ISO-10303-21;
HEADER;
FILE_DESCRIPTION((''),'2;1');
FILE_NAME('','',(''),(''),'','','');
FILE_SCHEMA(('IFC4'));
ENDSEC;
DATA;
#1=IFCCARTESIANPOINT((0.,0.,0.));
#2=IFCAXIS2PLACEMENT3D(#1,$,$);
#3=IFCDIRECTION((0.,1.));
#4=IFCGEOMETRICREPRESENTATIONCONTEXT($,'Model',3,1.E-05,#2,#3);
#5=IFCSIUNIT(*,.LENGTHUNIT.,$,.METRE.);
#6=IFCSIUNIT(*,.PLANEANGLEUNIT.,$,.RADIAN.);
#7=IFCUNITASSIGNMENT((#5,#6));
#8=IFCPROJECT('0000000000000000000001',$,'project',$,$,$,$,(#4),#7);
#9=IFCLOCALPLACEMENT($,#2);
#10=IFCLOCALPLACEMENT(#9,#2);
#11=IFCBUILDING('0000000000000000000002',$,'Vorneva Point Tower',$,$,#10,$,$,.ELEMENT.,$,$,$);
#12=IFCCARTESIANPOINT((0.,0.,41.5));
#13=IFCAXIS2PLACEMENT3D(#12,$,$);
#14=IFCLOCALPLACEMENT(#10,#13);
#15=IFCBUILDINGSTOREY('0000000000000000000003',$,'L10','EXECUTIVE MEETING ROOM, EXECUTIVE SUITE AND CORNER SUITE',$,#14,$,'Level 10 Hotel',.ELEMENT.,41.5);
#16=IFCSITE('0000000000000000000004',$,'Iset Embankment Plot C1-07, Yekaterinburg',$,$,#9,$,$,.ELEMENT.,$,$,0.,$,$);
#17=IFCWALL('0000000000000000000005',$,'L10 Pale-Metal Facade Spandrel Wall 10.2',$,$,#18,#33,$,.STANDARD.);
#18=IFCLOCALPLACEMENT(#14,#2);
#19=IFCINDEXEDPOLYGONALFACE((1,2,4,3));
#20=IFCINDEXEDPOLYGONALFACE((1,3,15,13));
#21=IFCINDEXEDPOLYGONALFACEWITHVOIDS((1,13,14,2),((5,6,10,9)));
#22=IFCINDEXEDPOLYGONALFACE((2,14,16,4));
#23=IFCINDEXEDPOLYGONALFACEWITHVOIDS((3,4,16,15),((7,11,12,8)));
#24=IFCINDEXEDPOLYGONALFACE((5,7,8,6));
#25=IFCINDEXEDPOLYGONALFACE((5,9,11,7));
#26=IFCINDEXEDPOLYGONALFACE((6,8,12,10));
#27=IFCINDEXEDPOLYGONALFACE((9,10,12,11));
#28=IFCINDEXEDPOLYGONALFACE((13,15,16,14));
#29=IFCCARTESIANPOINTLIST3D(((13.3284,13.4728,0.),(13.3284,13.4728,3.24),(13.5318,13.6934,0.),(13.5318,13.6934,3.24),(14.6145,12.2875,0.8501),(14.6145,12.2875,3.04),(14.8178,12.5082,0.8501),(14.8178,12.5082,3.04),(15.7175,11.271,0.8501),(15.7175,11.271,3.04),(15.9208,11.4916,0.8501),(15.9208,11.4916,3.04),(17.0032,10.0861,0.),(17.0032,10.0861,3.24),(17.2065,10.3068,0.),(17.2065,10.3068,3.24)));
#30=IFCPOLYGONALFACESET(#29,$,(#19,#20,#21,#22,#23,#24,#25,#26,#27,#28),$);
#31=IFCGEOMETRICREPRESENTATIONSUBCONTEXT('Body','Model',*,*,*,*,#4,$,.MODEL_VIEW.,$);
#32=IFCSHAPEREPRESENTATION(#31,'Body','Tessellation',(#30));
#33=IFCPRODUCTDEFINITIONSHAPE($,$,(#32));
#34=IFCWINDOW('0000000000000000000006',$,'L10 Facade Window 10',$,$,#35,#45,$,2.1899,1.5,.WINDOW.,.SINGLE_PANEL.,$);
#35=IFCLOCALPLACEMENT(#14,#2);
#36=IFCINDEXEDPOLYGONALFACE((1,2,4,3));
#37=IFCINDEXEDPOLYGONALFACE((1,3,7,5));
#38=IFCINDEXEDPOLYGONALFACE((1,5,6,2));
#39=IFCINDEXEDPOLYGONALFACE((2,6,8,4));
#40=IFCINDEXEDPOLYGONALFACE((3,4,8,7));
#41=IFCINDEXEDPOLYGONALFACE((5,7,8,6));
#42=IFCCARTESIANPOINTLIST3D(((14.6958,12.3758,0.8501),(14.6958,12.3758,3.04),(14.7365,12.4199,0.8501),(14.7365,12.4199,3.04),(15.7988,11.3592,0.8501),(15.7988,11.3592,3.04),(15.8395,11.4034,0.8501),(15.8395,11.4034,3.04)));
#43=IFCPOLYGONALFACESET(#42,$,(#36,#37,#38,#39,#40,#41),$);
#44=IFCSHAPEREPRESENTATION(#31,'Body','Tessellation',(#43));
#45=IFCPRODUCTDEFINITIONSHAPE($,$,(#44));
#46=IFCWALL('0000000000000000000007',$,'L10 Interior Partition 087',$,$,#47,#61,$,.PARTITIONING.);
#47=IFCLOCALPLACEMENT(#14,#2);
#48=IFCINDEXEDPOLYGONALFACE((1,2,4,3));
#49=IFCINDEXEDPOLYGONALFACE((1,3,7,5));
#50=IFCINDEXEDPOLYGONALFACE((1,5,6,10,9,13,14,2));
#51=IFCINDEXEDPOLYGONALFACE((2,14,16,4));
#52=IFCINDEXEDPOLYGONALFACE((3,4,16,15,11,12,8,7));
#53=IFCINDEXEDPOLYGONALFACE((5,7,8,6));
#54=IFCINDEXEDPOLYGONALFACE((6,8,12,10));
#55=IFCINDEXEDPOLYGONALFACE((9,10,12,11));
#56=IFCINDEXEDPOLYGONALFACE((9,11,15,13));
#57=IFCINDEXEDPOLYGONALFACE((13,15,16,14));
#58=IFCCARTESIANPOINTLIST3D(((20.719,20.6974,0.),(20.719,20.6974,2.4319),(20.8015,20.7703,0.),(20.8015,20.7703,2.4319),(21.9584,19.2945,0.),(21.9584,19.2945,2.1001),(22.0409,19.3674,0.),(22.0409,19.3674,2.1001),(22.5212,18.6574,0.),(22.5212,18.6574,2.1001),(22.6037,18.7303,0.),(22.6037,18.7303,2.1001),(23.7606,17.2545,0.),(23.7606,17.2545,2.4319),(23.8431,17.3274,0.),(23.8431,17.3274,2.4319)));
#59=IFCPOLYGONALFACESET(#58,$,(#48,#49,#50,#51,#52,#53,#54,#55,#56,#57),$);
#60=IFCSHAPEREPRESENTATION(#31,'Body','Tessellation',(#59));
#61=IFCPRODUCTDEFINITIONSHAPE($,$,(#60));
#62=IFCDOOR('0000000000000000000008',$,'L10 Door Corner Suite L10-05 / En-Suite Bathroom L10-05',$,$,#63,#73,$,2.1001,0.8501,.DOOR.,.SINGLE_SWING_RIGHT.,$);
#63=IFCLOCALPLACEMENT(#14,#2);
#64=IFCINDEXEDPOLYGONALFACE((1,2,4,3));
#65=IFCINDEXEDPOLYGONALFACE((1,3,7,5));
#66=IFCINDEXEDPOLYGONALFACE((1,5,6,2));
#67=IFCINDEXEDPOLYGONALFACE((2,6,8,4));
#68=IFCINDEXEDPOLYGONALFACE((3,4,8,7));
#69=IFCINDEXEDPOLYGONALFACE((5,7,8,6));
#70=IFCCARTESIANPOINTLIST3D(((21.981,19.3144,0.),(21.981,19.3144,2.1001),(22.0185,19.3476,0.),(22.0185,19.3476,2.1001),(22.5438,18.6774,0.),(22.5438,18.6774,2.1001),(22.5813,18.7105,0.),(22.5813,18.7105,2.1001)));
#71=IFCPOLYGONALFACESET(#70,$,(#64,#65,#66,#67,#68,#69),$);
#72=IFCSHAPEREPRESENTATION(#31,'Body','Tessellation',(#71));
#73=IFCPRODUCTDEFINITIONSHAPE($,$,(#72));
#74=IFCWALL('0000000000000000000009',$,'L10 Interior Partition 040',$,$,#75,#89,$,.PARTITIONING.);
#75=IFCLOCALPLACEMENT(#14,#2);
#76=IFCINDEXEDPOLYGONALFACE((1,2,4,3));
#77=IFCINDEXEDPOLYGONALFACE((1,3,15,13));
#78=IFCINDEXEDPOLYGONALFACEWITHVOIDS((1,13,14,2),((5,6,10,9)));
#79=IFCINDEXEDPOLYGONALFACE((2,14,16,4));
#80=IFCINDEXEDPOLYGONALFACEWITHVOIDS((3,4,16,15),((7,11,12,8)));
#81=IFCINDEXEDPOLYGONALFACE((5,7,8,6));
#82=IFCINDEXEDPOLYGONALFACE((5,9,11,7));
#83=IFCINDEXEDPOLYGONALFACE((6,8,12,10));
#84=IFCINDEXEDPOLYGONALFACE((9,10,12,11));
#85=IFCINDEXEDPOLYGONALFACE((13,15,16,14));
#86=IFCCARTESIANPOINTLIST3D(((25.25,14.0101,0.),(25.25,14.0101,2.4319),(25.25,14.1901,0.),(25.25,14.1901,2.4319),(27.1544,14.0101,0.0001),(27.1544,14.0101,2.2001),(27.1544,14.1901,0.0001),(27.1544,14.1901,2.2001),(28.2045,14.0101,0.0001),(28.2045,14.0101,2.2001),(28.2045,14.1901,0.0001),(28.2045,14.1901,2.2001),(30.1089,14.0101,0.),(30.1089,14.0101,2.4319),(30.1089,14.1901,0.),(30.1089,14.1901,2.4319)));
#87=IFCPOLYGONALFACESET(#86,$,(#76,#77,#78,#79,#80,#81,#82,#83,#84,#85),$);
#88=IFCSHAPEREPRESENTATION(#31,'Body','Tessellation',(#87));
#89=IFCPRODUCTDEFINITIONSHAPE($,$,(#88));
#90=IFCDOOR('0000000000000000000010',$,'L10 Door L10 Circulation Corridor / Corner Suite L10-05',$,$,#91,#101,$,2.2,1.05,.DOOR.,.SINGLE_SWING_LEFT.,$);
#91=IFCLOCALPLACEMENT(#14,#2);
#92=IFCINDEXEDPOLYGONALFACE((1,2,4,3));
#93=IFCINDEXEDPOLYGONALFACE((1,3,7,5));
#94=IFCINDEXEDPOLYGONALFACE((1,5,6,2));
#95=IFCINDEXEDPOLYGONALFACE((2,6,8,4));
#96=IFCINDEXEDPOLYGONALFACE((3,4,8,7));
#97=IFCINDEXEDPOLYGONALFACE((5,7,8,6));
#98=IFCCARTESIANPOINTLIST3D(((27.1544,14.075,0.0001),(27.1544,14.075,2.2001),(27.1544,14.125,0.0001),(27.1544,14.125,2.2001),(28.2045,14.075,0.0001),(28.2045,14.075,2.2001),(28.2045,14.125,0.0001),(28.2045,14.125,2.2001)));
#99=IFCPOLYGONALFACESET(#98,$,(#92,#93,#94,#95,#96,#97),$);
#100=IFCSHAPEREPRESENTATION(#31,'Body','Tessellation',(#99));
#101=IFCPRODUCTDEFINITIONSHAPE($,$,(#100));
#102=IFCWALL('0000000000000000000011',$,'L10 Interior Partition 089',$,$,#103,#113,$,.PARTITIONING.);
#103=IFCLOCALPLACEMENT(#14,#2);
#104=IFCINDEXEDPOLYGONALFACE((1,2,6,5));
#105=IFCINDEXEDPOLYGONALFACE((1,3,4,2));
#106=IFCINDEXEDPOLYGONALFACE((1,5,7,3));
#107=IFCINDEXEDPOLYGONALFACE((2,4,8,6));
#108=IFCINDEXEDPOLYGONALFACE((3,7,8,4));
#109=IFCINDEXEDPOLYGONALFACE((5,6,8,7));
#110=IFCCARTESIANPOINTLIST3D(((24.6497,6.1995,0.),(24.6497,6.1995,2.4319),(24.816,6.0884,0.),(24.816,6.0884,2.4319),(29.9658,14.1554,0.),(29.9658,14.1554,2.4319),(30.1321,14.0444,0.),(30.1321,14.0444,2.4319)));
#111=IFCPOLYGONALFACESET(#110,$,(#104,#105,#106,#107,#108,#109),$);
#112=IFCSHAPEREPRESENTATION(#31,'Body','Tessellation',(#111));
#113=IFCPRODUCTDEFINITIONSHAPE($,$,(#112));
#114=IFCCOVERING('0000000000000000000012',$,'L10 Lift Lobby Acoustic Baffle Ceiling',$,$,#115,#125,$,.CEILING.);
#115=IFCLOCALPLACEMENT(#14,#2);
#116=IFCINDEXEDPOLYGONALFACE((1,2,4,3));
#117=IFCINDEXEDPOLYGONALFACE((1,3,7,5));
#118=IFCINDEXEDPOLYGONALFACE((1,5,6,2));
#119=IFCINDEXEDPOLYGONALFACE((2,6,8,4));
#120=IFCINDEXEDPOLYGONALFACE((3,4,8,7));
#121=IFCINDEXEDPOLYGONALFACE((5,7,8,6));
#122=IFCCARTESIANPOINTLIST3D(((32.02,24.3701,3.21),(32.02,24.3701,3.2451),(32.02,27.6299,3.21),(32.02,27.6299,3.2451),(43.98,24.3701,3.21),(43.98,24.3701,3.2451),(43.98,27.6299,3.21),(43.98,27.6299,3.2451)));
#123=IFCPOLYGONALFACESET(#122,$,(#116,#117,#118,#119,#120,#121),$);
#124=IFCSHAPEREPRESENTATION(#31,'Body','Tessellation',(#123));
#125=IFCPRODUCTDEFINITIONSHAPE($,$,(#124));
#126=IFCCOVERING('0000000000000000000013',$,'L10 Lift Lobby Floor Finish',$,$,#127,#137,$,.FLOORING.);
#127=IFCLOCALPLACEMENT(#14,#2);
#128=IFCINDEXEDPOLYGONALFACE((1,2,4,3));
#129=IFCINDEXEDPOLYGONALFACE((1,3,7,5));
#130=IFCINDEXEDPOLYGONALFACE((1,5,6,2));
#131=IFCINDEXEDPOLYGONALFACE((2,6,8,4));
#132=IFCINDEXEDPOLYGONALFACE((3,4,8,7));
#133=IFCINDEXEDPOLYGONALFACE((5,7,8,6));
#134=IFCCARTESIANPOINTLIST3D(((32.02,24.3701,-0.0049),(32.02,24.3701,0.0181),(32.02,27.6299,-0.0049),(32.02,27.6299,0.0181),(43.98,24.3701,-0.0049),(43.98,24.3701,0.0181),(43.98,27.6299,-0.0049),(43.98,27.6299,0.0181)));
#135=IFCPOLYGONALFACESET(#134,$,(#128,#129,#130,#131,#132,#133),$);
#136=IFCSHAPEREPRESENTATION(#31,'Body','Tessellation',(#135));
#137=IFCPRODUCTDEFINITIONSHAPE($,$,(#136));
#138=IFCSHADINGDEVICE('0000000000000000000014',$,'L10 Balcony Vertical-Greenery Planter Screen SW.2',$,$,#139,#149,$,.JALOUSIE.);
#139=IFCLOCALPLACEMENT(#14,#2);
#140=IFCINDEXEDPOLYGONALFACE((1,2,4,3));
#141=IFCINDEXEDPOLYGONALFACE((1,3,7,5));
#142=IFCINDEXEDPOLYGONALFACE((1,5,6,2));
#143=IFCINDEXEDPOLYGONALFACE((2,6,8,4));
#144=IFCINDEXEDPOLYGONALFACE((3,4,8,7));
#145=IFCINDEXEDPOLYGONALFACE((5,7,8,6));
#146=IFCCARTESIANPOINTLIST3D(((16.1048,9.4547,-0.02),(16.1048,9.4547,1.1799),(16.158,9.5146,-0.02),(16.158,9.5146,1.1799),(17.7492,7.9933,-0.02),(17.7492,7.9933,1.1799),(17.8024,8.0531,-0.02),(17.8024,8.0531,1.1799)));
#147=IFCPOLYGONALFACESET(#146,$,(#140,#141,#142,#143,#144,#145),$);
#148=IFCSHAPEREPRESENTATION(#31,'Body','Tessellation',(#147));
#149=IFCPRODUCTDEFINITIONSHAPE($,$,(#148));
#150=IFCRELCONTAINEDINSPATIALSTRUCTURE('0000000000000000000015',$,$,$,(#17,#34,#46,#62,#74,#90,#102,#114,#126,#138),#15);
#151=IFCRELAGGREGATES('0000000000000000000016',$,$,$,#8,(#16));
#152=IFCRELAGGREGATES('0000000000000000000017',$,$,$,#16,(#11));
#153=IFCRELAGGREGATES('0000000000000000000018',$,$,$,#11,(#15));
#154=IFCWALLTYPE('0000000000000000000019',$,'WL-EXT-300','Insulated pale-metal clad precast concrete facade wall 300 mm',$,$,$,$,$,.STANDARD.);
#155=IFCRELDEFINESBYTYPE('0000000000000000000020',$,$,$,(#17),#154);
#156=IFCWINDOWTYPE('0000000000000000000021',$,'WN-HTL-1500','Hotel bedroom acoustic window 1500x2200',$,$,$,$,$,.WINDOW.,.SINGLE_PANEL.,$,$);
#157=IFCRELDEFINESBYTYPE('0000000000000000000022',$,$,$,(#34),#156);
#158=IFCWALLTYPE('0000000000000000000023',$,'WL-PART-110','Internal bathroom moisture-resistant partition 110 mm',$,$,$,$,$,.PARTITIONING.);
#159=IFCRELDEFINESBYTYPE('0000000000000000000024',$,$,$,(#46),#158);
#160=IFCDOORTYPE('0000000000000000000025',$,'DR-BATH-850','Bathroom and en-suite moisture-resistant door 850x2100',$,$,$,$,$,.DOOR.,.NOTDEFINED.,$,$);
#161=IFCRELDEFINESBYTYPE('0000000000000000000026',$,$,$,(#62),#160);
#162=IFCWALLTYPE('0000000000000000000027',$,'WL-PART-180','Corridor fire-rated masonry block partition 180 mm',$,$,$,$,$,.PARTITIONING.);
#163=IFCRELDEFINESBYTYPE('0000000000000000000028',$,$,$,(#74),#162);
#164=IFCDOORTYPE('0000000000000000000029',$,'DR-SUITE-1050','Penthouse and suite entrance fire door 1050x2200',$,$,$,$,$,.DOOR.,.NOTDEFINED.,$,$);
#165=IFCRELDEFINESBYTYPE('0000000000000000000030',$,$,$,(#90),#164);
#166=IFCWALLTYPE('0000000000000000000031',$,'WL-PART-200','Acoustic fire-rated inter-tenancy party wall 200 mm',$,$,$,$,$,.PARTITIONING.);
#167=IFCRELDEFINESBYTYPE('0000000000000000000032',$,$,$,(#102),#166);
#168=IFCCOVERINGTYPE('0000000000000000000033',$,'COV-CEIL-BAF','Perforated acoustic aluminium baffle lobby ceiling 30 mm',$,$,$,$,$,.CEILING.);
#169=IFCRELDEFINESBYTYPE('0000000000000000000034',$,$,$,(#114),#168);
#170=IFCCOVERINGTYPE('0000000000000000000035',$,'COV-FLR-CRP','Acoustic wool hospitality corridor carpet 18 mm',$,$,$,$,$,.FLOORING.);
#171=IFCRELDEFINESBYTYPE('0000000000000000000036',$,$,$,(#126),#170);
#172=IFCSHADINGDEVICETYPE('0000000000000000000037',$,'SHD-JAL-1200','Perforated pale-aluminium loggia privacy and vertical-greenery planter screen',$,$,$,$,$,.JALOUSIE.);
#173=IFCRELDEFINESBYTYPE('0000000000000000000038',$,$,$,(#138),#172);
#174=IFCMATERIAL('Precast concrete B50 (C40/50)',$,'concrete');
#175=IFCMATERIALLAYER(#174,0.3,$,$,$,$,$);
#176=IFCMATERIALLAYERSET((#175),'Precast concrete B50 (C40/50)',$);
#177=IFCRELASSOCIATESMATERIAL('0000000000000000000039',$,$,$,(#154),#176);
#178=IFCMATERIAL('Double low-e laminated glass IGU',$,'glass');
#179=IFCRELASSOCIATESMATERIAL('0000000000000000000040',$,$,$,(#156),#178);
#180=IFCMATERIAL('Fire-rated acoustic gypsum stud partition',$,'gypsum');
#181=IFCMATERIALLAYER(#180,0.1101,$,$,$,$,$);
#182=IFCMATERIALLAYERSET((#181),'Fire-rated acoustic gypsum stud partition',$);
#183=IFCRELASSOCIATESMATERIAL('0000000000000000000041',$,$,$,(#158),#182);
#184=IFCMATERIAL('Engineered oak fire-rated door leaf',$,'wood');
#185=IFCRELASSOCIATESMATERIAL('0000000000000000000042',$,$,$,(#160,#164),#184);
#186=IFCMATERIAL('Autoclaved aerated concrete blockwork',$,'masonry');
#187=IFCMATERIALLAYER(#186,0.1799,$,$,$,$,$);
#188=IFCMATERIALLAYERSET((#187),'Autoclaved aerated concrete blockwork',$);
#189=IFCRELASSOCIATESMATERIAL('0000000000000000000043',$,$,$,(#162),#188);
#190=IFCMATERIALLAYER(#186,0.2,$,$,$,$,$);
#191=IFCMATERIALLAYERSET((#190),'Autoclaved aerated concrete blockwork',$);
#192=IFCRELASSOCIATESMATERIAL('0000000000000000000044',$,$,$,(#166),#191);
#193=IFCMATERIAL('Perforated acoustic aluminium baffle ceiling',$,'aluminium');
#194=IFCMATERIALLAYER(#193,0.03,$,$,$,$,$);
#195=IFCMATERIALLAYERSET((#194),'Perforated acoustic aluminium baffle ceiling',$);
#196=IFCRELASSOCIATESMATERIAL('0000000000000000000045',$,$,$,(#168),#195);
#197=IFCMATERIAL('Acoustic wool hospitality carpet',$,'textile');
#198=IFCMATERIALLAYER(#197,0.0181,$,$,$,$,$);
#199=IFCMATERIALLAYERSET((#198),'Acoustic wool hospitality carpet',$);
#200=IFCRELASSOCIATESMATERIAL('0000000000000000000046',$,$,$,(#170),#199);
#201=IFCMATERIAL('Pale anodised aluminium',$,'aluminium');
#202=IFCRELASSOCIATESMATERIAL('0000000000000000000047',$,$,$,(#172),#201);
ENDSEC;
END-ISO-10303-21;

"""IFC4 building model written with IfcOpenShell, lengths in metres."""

from ifc_helpers import new_model, si_unit, direction, frame, frame_2d, origin, origin_2d, place, context, subcontext, project, spatial, polyline, rectangle, outline, extrude, material, layer, layer_set, type_object, element, fill, save


model = new_model("IFC4")

# Units and contexts
model_context = context("Model", 3, precision=1e-05, world=origin(), true_north=direction((0.0, 1.0)))
body_context = subcontext(model_context, "Body", "Model", "MODEL_VIEW")
ifc_project = project(units=[si_unit("LENGTHUNIT", "METRE"), si_unit("PLANEANGLEUNIT", "RADIAN")], contexts=[model_context])

# Site, building, storey
site_placement = place(None, origin())
site = spatial("IfcSite", under=ifc_project, at=site_placement, Name="Iset Embankment Plot C1-07, Yekaterinburg", CompositionType="ELEMENT", RefElevation=0.0)
building_placement = place(site_placement, origin())
building = spatial("IfcBuilding", under=site, at=building_placement, Name="Vorneva Point Tower", CompositionType="ELEMENT")
storey_placement = place(building_placement, frame((0.0, 0.0, 41.5)))
storey = spatial("IfcBuildingStorey", under=building, at=storey_placement, Name="L10", Description="EXECUTIVE MEETING ROOM, EXECUTIVE SUITE AND CORNER SUITE", LongName="Level 10 Hotel", CompositionType="ELEMENT", Elevation=41.5)

# Shared definitions
ifc_material_1 = material(Name="Pale anodised aluminium", Category="aluminium")
ifc_material_2 = material(Name="Double low-e laminated glass IGU", Category="glass")

# Shared definitions
ifc_material_3 = material(Name="Precast concrete B50 (C40/50)", Category="concrete")
ifc_layer_1 = layer(ifc_material_3, 0.3)
ifc_layer_set_1 = layer_set([ifc_layer_1], Name="Precast concrete B50 (C40/50)")
wall_type_1 = type_object("IfcWallType", Name="WL-EXT-300", Description="Insulated pale-metal clad precast concrete facade wall 300 mm", PredefinedType="STANDARD", material=ifc_layer_set_1)

# Wall, opening, window
wall_1_placement = place(storey_placement, frame((13.4302, 13.583, 0.0), z_axis=(0.0, 0.0, 1.0), x_axis=(0.735343, -0.677696, 0.0)))
wall_1 = element("IfcWall", 1, at=wall_1_placement, inside=storey, type_object=wall_type_1, Name="L10 Pale-Metal Facade Spandrel Wall 10.2", PredefinedType="STANDARD", context=body_context, shape_type="SweptSolid", body=[
    extrude(rectangle(XDim=4.9973, YDim=0.3, at=frame_2d((2.4985, 0.0))), origin(), (0.0, 0.0, 1.0), 3.24),
])
opening_1_placement = place(wall_1_placement, frame((1.7488, 0.0, 0.8501)))
opening_1 = element("IfcOpeningElement", 2, at=opening_1_placement, cuts=wall_1, PredefinedType="OPENING", context=body_context, shape_type="SweptSolid", body=[
    extrude(rectangle(XDim=1.5, YDim=2.1899, at=frame_2d((0.75, 1.095))), frame((0.0, 0.165, 0.0), z_axis=(0.0, -1.0, 0.0), x_axis=(1.0, 0.0, 0.0)), (0.0, 0.0, 1.0), 0.3298),
])
window_type = type_object("IfcWindowType", Name="WN-HTL-1500", Description="Hotel bedroom acoustic window 1500x2200", PartitioningType="SINGLE_PANEL", PredefinedType="WINDOW", material=ifc_material_2)
window_placement = place(opening_1_placement, origin())
window = element("IfcWindow", 3, at=window_placement, inside=storey, type_object=window_type, Name="L10 Facade Window 10", OverallHeight=2.1899, OverallWidth=1.5, PartitioningType="SINGLE_PANEL", PredefinedType="WINDOW", context=body_context, shape_type="SweptSolid", body=[
    extrude(rectangle(XDim=1.5, YDim=2.1899, at=frame_2d((0.75, 1.095))), frame((0.0, 0.03, 0.0), z_axis=(0.0, -1.0, 0.0), x_axis=(1.0, 0.0, 0.0)), (0.0, 0.0, 1.0), 0.0601),
])
fill(opening_1, window)

# Walls, openings, doors
ifc_material_4 = material(Name="Fire-rated acoustic gypsum stud partition", Category="gypsum")
ifc_layer_2 = layer(ifc_material_4, 0.1101)
ifc_layer_set_2 = layer_set([ifc_layer_2], Name="Fire-rated acoustic gypsum stud partition")
wall_type_2 = type_object("IfcWallType", Name="WL-PART-110", Description="Internal bathroom moisture-resistant partition 110 mm", PredefinedType="PARTITIONING", material=ifc_layer_set_2)
wall_2_placement = place(storey_placement, frame((23.8018, 17.291, 0.0), z_axis=(0.0, 0.0, 1.0), x_axis=(-0.662071, 0.749441, 0.0)))
wall_2 = element("IfcWall", 4, at=wall_2_placement, inside=storey, type_object=wall_type_2, Name="L10 Interior Partition 087", PredefinedType="PARTITIONING", context=body_context, shape_type="SweptSolid", body=[
    extrude(rectangle(XDim=4.594, YDim=0.1101, at=frame_2d((2.2969, 0.0))), origin(), (0.0, 0.0, 1.0), 2.4319),
])
opening_2_placement = place(wall_2_placement, frame((1.8718, 0.0, 0.0)))
opening_2 = element("IfcOpeningElement", 5, at=opening_2_placement, cuts=wall_2, PredefinedType="OPENING", context=body_context, shape_type="SweptSolid", body=[
    extrude(rectangle(XDim=0.8501, YDim=2.1001, at=frame_2d((0.425, 1.05))), frame((0.0, 0.0698, 0.0), z_axis=(0.0, -1.0, 0.0), x_axis=(1.0, 0.0, 0.0)), (0.0, 0.0, 1.0), 0.1399),
])
ifc_material_5 = material(Name="Engineered oak fire-rated door leaf", Category="wood")
door_type_1 = type_object("IfcDoorType", Name="DR-BATH-850", Description="Bathroom and en-suite moisture-resistant door 850x2100", OperationType="NOTDEFINED", PredefinedType="DOOR", material=ifc_material_5)
door_1_placement = place(opening_2_placement, origin())
door_1 = element("IfcDoor", 6, at=door_1_placement, inside=storey, type_object=door_type_1, Name="L10 Door Corner Suite L10-05 / En-Suite Bathroom L10-05", OperationType="SINGLE_SWING_RIGHT", OverallHeight=2.1001, OverallWidth=0.8501, PredefinedType="DOOR", context=body_context, shape_type="SweptSolid", body=[
    extrude(rectangle(XDim=0.8501, YDim=2.1001, at=frame_2d((0.425, 1.05))), frame((0.0, 0.0249, 0.0), z_axis=(0.0, -1.0, 0.0), x_axis=(1.0, 0.0, 0.0)), (0.0, 0.0, 1.0), 0.05),
])
fill(opening_2, door_1)
ifc_material_6 = material(Name="Autoclaved aerated concrete blockwork", Category="masonry")
ifc_layer_3 = layer(ifc_material_6, 0.1799)
ifc_layer_set_3 = layer_set([ifc_layer_3], Name="Autoclaved aerated concrete blockwork")
wall_type_3 = type_object("IfcWallType", Name="WL-PART-180", Description="Corridor fire-rated masonry block partition 180 mm", PredefinedType="PARTITIONING", material=ifc_layer_set_3)
wall_3_placement = place(storey_placement, frame((25.25, 14.1001, 0.0), z_axis=(0.0, 0.0, 1.0), x_axis=(1.0, 0.0, 0.0)))
wall_3 = element("IfcWall", 7, at=wall_3_placement, inside=storey, type_object=wall_type_3, Name="L10 Interior Partition 040", PredefinedType="PARTITIONING", context=body_context, shape_type="SweptSolid", body=[
    extrude(rectangle(XDim=4.8589, YDim=0.1799, at=frame_2d((2.4294, 0.0))), origin(), (0.0, 0.0, 1.0), 2.4319),
])
opening_3_placement = place(wall_3_placement, frame((1.9045, 0.0, 0.0)))
opening_3 = element("IfcOpeningElement", 8, at=opening_3_placement, cuts=wall_3, PredefinedType="OPENING", context=body_context, shape_type="SweptSolid", body=[
    extrude(rectangle(XDim=1.05, YDim=2.2, at=frame_2d((0.5249, 1.1001))), frame((0.0, 0.105, 0.0), z_axis=(0.0, -1.0, 0.0), x_axis=(1.0, 0.0, 0.0)), (0.0, 0.0, 1.0), 0.2097),
])
door_type_2 = type_object("IfcDoorType", Name="DR-SUITE-1050", Description="Penthouse and suite entrance fire door 1050x2200", OperationType="NOTDEFINED", PredefinedType="DOOR", material=ifc_material_5)
door_2_placement = place(opening_3_placement, origin())
door_2 = element("IfcDoor", 9, at=door_2_placement, inside=storey, type_object=door_type_2, Name="L10 Door L10 Circulation Corridor / Corner Suite L10-05", OperationType="SINGLE_SWING_LEFT", OverallHeight=2.2, OverallWidth=1.05, PredefinedType="DOOR", context=body_context, shape_type="SweptSolid", body=[
    extrude(rectangle(XDim=1.05, YDim=2.2, at=frame_2d((0.5249, 1.1001))), frame((0.0, 0.0249, 0.0), z_axis=(0.0, -1.0, 0.0), x_axis=(1.0, 0.0, 0.0)), (0.0, 0.0, 1.0), 0.05),
])
fill(opening_3, door_2)

# Wall
ifc_layer_4 = layer(ifc_material_6, 0.2)
ifc_layer_set_4 = layer_set([ifc_layer_4], Name="Autoclaved aerated concrete blockwork")
wall_type_4 = type_object("IfcWallType", Name="WL-PART-200", Description="Acoustic fire-rated inter-tenancy party wall 200 mm", PredefinedType="PARTITIONING", material=ifc_layer_set_4)
wall_4_placement = place(storey_placement, frame((24.7329, 6.144, 0.0), z_axis=(0.0, 0.0, 1.0), x_axis=(0.555577, 0.831465, 0.0)))
element("IfcWall", 10, at=wall_4_placement, inside=storey, type_object=wall_type_4, Name="L10 Interior Partition 089", PredefinedType="PARTITIONING", context=body_context, shape_type="SweptSolid", body=[
    extrude(rectangle(XDim=9.5686, YDim=0.2, at=frame_2d((4.7842, 0.0))), origin(), (0.0, 0.0, 1.0), 2.4319),
])

# Coverings
ifc_material_7 = material(Name="Perforated acoustic aluminium baffle ceiling", Category="aluminium")
ifc_layer_5 = layer(ifc_material_7, 0.03)
ifc_layer_set_5 = layer_set([ifc_layer_5], Name="Perforated acoustic aluminium baffle ceiling")
covering_type_1 = type_object("IfcCoveringType", Name="COV-CEIL-BAF", Description="Perforated acoustic aluminium baffle lobby ceiling 30 mm", PredefinedType="CEILING", material=ifc_layer_set_5)
covering_1_placement = place(storey_placement, frame((0.0, 0.0, 3.21)))
element("IfcCovering", 11, at=covering_1_placement, inside=storey, type_object=covering_type_1, Name="L10 Lift Lobby Acoustic Baffle Ceiling", PredefinedType="CEILING", context=body_context, shape_type="SweptSolid", body=[
    extrude(outline(polyline([(32.02, 24.3701), (43.98, 24.3701), (43.98, 27.6299), (32.02, 27.6299), (32.02, 24.3701)])), origin(), (0.0, 0.0, 1.0), 0.0352),
])
ifc_material_8 = material(Name="Acoustic wool hospitality carpet", Category="textile")
ifc_layer_6 = layer(ifc_material_8, 0.0181)
ifc_layer_set_6 = layer_set([ifc_layer_6], Name="Acoustic wool hospitality carpet")
covering_type_2 = type_object("IfcCoveringType", Name="COV-FLR-CRP", Description="Acoustic wool hospitality corridor carpet 18 mm", PredefinedType="FLOORING", material=ifc_layer_set_6)
covering_2_placement = place(storey_placement, frame((0.0, 0.0, -0.0049)))
element("IfcCovering", 12, at=covering_2_placement, inside=storey, type_object=covering_type_2, Name="L10 Lift Lobby Floor Finish", PredefinedType="FLOORING", context=body_context, shape_type="SweptSolid", body=[
    extrude(outline(polyline([(32.02, 24.3701), (43.98, 24.3701), (43.98, 27.6299), (32.02, 27.6299), (32.02, 24.3701)])), origin(), (0.0, 0.0, 1.0), 0.0229),
])

# Shading device
shading_device_type = type_object("IfcShadingDeviceType", Name="SHD-JAL-1200", Description="Perforated pale-aluminium loggia privacy and vertical-greenery planter screen", PredefinedType="JALOUSIE", material=ifc_material_1)
shading_device_placement = place(storey_placement, frame((16.9536, 8.7539, -0.02), z_axis=(0.0, 0.0, 1.0), x_axis=(0.747462, -0.664305, 0.0)))
element("IfcShadingDevice", 13, at=shading_device_placement, inside=storey, type_object=shading_device_type, Name="L10 Balcony Vertical-Greenery Planter Screen SW.2", PredefinedType="JALOUSIE", context=body_context, shape_type="SweptSolid", body=[
    extrude(rectangle(XDim=2.2, YDim=0.0801, at=origin_2d()), origin(), (0.0, 0.0, 1.0), 1.2),
])

save(model, "model.ifc")
